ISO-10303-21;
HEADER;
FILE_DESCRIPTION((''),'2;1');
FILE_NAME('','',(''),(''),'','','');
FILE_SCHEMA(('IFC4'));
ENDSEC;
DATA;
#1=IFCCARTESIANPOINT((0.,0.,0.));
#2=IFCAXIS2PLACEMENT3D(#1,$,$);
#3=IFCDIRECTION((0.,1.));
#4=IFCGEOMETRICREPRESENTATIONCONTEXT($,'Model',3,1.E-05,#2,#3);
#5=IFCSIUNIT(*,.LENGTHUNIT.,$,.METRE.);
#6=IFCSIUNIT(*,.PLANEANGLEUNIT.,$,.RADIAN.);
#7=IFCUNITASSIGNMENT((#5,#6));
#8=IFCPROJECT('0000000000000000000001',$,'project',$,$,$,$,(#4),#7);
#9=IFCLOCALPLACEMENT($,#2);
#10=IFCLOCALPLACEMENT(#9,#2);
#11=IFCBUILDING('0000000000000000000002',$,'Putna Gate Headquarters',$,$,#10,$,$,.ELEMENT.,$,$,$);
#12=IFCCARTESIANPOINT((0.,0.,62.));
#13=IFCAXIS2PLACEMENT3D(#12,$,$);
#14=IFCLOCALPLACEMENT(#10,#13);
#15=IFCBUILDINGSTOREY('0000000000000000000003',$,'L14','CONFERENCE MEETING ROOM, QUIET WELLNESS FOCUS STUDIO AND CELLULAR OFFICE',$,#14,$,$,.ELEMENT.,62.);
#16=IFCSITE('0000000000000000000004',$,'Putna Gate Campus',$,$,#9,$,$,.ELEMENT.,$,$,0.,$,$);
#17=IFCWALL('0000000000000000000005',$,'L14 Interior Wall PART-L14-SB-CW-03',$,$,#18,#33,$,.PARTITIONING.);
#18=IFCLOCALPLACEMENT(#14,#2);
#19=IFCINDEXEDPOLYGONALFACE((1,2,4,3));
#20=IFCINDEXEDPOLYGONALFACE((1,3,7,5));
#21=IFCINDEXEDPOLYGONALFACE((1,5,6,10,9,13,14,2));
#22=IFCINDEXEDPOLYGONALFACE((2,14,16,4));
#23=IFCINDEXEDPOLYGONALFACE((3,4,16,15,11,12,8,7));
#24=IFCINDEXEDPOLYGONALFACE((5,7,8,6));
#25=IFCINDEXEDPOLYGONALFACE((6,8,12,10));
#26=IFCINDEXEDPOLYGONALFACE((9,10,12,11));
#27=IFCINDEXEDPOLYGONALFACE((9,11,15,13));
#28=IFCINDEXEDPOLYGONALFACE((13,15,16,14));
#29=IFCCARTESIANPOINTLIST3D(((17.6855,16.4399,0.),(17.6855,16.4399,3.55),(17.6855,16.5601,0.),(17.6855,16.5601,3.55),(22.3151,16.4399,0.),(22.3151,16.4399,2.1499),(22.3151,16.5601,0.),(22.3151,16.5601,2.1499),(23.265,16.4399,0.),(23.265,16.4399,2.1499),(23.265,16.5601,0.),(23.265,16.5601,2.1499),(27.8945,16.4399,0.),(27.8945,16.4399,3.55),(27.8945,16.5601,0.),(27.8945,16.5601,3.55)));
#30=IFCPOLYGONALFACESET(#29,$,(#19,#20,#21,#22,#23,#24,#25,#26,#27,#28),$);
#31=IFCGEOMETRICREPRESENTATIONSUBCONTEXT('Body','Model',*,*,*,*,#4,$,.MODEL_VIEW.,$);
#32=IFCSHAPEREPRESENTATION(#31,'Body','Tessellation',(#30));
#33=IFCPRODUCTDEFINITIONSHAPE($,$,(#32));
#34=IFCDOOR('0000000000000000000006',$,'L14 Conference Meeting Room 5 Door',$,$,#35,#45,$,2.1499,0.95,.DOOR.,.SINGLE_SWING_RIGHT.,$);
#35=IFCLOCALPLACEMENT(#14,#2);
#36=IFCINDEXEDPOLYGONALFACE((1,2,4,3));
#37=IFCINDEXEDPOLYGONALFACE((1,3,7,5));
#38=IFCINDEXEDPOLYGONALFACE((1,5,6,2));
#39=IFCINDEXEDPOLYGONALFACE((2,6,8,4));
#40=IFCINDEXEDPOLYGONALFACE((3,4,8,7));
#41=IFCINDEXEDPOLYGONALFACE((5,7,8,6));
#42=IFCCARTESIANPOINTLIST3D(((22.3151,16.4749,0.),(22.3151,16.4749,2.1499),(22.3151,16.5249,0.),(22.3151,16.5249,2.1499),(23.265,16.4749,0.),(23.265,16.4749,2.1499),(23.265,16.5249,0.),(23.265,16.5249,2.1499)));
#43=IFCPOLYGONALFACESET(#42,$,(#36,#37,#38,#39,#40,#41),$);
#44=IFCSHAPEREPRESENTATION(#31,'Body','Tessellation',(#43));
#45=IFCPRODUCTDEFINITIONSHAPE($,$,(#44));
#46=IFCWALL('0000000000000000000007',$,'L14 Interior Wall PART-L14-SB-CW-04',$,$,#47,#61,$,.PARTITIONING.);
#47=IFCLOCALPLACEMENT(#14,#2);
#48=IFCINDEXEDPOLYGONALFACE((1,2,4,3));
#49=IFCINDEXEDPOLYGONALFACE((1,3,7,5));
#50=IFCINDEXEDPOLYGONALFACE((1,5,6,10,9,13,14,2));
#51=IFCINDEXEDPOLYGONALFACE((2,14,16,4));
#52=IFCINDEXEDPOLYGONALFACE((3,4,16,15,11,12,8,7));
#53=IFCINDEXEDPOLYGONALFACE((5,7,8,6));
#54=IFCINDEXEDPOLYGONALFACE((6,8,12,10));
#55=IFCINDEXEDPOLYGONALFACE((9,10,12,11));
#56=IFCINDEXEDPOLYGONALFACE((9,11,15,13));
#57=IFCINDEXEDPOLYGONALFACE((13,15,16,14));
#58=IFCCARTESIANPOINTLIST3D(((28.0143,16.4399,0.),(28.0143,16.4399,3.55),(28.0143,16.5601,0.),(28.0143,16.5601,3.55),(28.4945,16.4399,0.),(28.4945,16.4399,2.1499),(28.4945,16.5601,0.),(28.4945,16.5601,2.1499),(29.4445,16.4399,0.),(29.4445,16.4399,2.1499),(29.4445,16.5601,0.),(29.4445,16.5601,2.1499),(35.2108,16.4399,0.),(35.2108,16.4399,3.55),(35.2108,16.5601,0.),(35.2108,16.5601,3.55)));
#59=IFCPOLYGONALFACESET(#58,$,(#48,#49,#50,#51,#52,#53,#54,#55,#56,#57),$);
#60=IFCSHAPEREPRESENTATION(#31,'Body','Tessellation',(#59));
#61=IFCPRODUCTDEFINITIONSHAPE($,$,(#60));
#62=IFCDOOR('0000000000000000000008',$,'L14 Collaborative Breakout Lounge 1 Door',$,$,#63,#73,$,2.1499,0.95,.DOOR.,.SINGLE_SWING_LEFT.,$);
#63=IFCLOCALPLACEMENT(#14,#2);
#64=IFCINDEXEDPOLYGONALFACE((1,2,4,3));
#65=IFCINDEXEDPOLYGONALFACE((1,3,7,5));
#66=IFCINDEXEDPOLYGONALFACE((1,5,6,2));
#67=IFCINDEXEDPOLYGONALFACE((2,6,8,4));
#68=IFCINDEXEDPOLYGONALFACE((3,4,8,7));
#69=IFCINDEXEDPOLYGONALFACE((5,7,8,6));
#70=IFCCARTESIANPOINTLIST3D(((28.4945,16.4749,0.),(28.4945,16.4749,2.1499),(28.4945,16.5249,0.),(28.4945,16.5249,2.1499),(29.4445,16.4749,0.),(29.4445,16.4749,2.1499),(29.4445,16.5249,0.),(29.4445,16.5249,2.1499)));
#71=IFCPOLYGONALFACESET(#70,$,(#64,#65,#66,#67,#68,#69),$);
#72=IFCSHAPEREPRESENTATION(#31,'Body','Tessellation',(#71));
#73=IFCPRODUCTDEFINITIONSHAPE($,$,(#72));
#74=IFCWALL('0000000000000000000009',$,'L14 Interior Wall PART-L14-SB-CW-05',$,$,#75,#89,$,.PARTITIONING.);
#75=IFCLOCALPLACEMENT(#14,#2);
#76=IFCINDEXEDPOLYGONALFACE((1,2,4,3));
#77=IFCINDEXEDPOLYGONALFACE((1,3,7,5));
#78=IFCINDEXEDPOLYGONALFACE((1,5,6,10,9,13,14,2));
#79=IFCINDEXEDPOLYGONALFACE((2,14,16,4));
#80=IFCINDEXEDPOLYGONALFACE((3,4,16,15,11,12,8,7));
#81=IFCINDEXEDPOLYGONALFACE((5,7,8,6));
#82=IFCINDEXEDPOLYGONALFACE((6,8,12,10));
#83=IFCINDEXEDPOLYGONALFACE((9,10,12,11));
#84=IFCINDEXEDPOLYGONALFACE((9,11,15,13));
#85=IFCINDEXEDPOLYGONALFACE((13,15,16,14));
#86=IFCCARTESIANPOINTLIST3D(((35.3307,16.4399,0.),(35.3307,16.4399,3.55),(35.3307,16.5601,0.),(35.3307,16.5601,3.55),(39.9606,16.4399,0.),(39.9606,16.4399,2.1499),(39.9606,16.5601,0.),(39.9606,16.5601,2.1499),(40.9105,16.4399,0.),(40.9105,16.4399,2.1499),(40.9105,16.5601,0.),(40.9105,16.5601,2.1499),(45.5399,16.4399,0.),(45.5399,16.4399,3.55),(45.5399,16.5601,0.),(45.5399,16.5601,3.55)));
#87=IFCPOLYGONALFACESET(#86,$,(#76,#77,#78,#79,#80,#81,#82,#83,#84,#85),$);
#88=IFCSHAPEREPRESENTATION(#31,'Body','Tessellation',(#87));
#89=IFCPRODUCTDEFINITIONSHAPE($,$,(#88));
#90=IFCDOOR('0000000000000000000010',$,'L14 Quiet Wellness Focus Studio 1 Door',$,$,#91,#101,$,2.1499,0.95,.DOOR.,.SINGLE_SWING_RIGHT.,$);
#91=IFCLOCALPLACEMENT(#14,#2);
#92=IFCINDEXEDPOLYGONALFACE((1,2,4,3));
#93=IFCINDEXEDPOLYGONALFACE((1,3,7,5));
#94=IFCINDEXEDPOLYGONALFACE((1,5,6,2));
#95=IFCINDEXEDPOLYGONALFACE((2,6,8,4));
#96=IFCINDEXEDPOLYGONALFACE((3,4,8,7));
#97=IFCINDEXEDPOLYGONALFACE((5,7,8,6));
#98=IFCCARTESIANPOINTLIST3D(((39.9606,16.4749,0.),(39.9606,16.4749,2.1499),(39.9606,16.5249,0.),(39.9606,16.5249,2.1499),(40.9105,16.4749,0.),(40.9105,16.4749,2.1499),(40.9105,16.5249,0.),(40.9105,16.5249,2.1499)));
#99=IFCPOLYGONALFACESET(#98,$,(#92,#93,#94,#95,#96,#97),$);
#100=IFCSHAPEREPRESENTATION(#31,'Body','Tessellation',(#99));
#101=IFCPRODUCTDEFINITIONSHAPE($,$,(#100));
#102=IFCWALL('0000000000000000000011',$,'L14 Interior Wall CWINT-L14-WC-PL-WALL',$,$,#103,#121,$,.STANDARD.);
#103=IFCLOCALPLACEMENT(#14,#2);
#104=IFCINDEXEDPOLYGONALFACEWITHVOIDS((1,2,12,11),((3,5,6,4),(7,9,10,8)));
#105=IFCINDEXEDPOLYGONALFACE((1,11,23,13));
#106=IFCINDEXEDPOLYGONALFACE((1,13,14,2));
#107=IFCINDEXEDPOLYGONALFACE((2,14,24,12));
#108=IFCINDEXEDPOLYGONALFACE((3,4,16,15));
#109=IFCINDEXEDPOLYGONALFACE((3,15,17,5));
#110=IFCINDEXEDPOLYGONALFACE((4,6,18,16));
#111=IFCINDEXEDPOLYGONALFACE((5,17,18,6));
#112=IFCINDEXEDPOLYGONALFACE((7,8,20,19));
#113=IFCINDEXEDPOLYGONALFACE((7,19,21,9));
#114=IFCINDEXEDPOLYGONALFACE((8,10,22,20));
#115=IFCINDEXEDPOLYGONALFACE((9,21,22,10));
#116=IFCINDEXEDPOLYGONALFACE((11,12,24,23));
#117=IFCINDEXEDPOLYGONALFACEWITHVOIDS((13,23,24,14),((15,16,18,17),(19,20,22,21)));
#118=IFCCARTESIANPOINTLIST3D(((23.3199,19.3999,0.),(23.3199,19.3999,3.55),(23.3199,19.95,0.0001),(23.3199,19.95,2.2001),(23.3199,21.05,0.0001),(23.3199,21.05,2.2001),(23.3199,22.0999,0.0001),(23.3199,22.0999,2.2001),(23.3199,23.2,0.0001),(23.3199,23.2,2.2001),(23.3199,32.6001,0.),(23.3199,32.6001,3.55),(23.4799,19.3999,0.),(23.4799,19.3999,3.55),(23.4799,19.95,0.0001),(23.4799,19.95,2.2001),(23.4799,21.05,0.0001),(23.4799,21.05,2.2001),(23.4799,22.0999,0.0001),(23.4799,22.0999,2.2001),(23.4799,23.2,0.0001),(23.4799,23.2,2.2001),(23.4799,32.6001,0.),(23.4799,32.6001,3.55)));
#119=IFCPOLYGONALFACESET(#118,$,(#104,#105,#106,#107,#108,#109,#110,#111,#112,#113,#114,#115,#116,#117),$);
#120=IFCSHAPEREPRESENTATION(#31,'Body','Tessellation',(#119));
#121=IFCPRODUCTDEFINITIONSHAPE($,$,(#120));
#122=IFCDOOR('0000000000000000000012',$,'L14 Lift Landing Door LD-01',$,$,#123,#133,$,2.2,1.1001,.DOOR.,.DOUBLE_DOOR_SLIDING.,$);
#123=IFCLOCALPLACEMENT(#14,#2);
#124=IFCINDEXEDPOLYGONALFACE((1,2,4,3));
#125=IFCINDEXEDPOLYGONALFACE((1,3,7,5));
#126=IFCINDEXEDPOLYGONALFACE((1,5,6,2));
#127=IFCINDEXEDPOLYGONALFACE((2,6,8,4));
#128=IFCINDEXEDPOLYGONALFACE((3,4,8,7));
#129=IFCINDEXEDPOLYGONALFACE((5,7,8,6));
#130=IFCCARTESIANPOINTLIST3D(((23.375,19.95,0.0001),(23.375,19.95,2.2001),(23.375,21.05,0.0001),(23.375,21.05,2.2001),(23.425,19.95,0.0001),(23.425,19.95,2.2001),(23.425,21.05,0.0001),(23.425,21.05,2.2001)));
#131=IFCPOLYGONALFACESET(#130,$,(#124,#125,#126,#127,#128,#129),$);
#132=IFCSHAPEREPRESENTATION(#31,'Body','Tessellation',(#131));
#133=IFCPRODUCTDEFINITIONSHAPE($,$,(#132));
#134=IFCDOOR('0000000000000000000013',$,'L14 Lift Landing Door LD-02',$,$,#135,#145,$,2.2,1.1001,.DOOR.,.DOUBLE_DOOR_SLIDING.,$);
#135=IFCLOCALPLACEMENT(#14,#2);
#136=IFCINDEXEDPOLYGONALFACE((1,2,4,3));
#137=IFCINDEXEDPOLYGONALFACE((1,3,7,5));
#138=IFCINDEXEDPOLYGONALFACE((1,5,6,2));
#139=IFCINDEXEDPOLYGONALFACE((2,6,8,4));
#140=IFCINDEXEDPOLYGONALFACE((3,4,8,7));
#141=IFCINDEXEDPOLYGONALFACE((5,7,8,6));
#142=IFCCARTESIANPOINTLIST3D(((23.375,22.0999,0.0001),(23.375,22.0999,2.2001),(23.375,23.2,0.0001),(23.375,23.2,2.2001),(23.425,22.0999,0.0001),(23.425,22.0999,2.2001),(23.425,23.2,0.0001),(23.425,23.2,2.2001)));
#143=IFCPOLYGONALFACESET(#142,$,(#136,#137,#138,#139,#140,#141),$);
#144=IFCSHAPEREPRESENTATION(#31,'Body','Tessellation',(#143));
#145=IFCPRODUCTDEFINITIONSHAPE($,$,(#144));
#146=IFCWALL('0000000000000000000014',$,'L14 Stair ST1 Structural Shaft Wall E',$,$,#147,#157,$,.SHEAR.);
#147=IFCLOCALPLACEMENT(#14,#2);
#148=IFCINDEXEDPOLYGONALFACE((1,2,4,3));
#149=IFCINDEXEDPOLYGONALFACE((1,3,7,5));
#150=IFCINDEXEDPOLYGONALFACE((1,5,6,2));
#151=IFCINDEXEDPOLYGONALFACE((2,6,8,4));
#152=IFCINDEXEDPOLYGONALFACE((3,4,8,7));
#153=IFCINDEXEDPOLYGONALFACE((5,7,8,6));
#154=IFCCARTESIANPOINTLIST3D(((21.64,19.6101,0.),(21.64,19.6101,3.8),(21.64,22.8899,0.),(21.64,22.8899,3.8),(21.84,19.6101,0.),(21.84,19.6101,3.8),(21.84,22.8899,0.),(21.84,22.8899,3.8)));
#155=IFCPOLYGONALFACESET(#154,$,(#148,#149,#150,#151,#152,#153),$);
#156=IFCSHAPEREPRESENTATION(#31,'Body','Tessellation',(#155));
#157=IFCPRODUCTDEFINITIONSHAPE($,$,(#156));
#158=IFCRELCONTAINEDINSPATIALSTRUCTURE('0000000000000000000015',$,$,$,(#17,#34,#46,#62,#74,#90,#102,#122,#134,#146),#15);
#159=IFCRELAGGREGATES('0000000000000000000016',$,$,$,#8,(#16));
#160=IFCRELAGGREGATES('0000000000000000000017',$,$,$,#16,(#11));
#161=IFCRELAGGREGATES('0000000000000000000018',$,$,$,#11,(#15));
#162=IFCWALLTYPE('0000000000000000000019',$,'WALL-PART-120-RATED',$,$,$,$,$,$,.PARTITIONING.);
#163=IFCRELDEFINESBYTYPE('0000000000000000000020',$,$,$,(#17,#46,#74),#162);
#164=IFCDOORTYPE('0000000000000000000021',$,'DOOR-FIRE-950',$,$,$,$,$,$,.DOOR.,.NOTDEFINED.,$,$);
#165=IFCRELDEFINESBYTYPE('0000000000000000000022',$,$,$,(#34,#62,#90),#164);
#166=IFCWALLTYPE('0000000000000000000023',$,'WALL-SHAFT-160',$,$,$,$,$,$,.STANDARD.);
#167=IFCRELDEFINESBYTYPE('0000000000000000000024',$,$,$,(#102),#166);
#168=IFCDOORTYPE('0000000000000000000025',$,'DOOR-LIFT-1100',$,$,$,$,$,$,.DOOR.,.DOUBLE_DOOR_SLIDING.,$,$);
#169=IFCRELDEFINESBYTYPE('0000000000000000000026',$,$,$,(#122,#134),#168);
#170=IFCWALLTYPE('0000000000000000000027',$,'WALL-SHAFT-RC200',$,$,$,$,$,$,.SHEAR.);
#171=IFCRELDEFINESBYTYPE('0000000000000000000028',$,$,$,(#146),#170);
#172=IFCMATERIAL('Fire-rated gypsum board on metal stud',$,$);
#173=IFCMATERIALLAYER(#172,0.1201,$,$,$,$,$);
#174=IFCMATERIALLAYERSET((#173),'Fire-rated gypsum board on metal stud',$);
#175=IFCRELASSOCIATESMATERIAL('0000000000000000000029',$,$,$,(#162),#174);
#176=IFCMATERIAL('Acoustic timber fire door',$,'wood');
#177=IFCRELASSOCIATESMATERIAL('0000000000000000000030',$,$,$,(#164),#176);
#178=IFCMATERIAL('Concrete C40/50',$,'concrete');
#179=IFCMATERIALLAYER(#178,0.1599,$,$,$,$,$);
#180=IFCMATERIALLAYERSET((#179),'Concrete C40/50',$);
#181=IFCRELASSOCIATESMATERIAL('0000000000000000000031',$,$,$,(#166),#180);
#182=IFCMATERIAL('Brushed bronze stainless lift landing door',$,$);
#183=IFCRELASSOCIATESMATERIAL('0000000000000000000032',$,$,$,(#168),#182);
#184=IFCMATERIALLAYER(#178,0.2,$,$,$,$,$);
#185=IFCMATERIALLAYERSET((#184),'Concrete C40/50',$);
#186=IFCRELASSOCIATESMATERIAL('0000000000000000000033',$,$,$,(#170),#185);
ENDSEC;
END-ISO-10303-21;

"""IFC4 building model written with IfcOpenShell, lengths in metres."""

from ifc_helpers import new_model, si_unit, direction, frame, frame_2d, origin, place, context, subcontext, project, spatial, rectangle, extrude, material, layer, layer_set, type_object, element, fill, save


model = new_model("IFC4")

# Units and contexts
model_context = context("Model", 3, precision=1e-05, world=origin(), true_north=direction((0.0, 1.0)))
body_context = subcontext(model_context, "Body", "Model", "MODEL_VIEW")
ifc_project = project(units=[si_unit("LENGTHUNIT", "METRE"), si_unit("PLANEANGLEUNIT", "RADIAN")], contexts=[model_context])

# Site, building, storey
site_placement = place(None, origin())
site = spatial("IfcSite", under=ifc_project, at=site_placement, Name="Putna Gate Campus", CompositionType="ELEMENT", RefElevation=0.0)
building_placement = place(site_placement, origin())
building = spatial("IfcBuilding", under=site, at=building_placement, Name="Putna Gate Headquarters", CompositionType="ELEMENT")
storey_placement = place(building_placement, frame((0.0, 0.0, 62.0)))
storey = spatial("IfcBuildingStorey", under=building, at=storey_placement, Name="L14", Description="CONFERENCE MEETING ROOM, QUIET WELLNESS FOCUS STUDIO AND CELLULAR OFFICE", CompositionType="ELEMENT", Elevation=62.0)

# Walls, openings, doors
ifc_material_1 = material(Name="Fire-rated gypsum board on metal stud")
ifc_layer_1 = layer(ifc_material_1, 0.1201)
ifc_layer_set_1 = layer_set([ifc_layer_1], Name="Fire-rated gypsum board on metal stud")
wall_type_1 = type_object("IfcWallType", Name="WALL-PART-120-RATED", PredefinedType="PARTITIONING", material=ifc_layer_set_1)
wall_1_placement = place(storey_placement, frame((17.6855, 16.5, 0.0), z_axis=(0.0, 0.0, 1.0), x_axis=(1.0, 0.0, 0.0)))
wall_1 = element("IfcWall", 1, at=wall_1_placement, inside=storey, type_object=wall_type_1, Name="L14 Interior Wall PART-L14-SB-CW-03", PredefinedType="PARTITIONING", context=body_context, shape_type="SweptSolid", body=[
    extrude(rectangle(XDim=10.209, YDim=0.1201, at=frame_2d((5.1045, 0.0))), origin(), (0.0, 0.0, 1.0), 3.55),
])
opening_1_placement = place(wall_1_placement, frame((4.6294, 0.0, 0.0)))
opening_1 = element("IfcOpeningElement", 2, at=opening_1_placement, cuts=wall_1, PredefinedType="OPENING", context=body_context, shape_type="SweptSolid", body=[
    extrude(rectangle(XDim=0.95, YDim=2.1499, at=frame_2d((0.4751, 1.075))), frame((0.0, 0.0701, 0.0), z_axis=(0.0, -1.0, 0.0), x_axis=(1.0, 0.0, 0.0)), (0.0, 0.0, 1.0), 0.1401),
])
ifc_material_2 = material(Name="Acoustic timber fire door", Category="wood")
door_type_1 = type_object("IfcDoorType", Name="DOOR-FIRE-950", OperationType="NOTDEFINED", PredefinedType="DOOR", material=ifc_material_2)
door_1_placement = place(opening_1_placement, origin())
door_1 = element("IfcDoor", 3, at=door_1_placement, inside=storey, type_object=door_type_1, Name="L14 Conference Meeting Room 5 Door", OperationType="SINGLE_SWING_RIGHT", OverallHeight=2.1499, OverallWidth=0.95, PredefinedType="DOOR", context=body_context, shape_type="SweptSolid", body=[
    extrude(rectangle(XDim=0.95, YDim=2.1499, at=frame_2d((0.4751, 1.075))), frame((0.0, 0.0249, 0.0), z_axis=(0.0, -1.0, 0.0), x_axis=(1.0, 0.0, 0.0)), (0.0, 0.0, 1.0), 0.05),
])
fill(opening_1, door_1)
wall_2_placement = place(storey_placement, frame((28.0144, 16.5, 0.0), z_axis=(0.0, 0.0, 1.0), x_axis=(1.0, 0.0, 0.0)))
wall_2 = element("IfcWall", 4, at=wall_2_placement, inside=storey, type_object=wall_type_1, Name="L14 Interior Wall PART-L14-SB-CW-04", PredefinedType="PARTITIONING", context=body_context, shape_type="SweptSolid", body=[
    extrude(rectangle(XDim=7.1965, YDim=0.1201, at=frame_2d((3.5981, 0.0))), origin(), (0.0, 0.0, 1.0), 3.55),
])
opening_2_placement = place(wall_2_placement, frame((0.48, 0.0, 0.0)))
opening_2 = element("IfcOpeningElement", 5, at=opening_2_placement, cuts=wall_2, PredefinedType="OPENING", context=body_context, shape_type="SweptSolid", body=[
    extrude(rectangle(XDim=0.95, YDim=2.1499, at=frame_2d((0.4751, 1.075))), frame((0.0, 0.0701, 0.0), z_axis=(0.0, -1.0, 0.0), x_axis=(1.0, 0.0, 0.0)), (0.0, 0.0, 1.0), 0.1401),
])
door_2_placement = place(opening_2_placement, origin())
door_2 = element("IfcDoor", 6, at=door_2_placement, inside=storey, type_object=door_type_1, Name="L14 Collaborative Breakout Lounge 1 Door", OperationType="SINGLE_SWING_LEFT", OverallHeight=2.1499, OverallWidth=0.95, PredefinedType="DOOR", context=body_context, shape_type="SweptSolid", body=[
    extrude(rectangle(XDim=0.95, YDim=2.1499, at=frame_2d((0.4751, 1.075))), frame((0.0, 0.0249, 0.0), z_axis=(0.0, -1.0, 0.0), x_axis=(1.0, 0.0, 0.0)), (0.0, 0.0, 1.0), 0.05),
])
fill(opening_2, door_2)
wall_3_placement = place(storey_placement, frame((35.3308, 16.5, 0.0), z_axis=(0.0, 0.0, 1.0), x_axis=(1.0, 0.0, 0.0)))
wall_3 = element("IfcWall", 7, at=wall_3_placement, inside=storey, type_object=wall_type_1, Name="L14 Interior Wall PART-L14-SB-CW-05", PredefinedType="PARTITIONING", context=body_context, shape_type="SweptSolid", body=[
    extrude(rectangle(XDim=10.2092, YDim=0.1201, at=frame_2d((5.1045, 0.0))), origin(), (0.0, 0.0, 1.0), 3.55),
])
opening_3_placement = place(wall_3_placement, frame((4.6296, 0.0, 0.0)))
opening_3 = element("IfcOpeningElement", 8, at=opening_3_placement, cuts=wall_3, PredefinedType="OPENING", context=body_context, shape_type="SweptSolid", body=[
    extrude(rectangle(XDim=0.95, YDim=2.1499, at=frame_2d((0.4751, 1.075))), frame((0.0, 0.0701, 0.0), z_axis=(0.0, -1.0, 0.0), x_axis=(1.0, 0.0, 0.0)), (0.0, 0.0, 1.0), 0.1401),
])
door_3_placement = place(opening_3_placement, origin())
door_3 = element("IfcDoor", 9, at=door_3_placement, inside=storey, type_object=door_type_1, Name="L14 Quiet Wellness Focus Studio 1 Door", OperationType="SINGLE_SWING_RIGHT", OverallHeight=2.1499, OverallWidth=0.95, PredefinedType="DOOR", context=body_context, shape_type="SweptSolid", body=[
    extrude(rectangle(XDim=0.95, YDim=2.1499, at=frame_2d((0.4751, 1.075))), frame((0.0, 0.0249, 0.0), z_axis=(0.0, -1.0, 0.0), x_axis=(1.0, 0.0, 0.0)), (0.0, 0.0, 1.0), 0.05),
])
fill(opening_3, door_3)

# Wall, openings, doors
ifc_material_3 = material(Name="Concrete C40/50", Category="concrete")
ifc_layer_2 = layer(ifc_material_3, 0.1599)
ifc_layer_set_2 = layer_set([ifc_layer_2], Name="Concrete C40/50")
wall_type_2 = type_object("IfcWallType", Name="WALL-SHAFT-160", PredefinedType="STANDARD", material=ifc_layer_set_2)
wall_4_placement = place(storey_placement, frame((23.3999, 19.3999, 0.0), z_axis=(0.0, 0.0, 1.0), x_axis=(0.0, 1.0, 0.0)))
wall_4 = element("IfcWall", 10, at=wall_4_placement, inside=storey, type_object=wall_type_2, Name="L14 Interior Wall CWINT-L14-WC-PL-WALL", PredefinedType="STANDARD", context=body_context, shape_type="SweptSolid", body=[
    extrude(rectangle(XDim=13.2002, YDim=0.1599, at=frame_2d((6.6001, 0.0))), origin(), (0.0, 0.0, 1.0), 3.55),
])
opening_4_placement = place(wall_4_placement, frame((0.55, 0.0, 0.0)))
opening_4 = element("IfcOpeningElement", 11, at=opening_4_placement, cuts=wall_4, PredefinedType="OPENING", context=body_context, shape_type="SweptSolid", body=[
    extrude(rectangle(XDim=1.1001, YDim=2.2, at=frame_2d((0.55, 1.1001))), frame((0.0, 0.0898, 0.0), z_axis=(0.0, -1.0, 0.0), x_axis=(1.0, 0.0, 0.0)), (0.0, 0.0, 1.0), 0.1799),
])
opening_5_placement = place(wall_4_placement, frame((2.7, 0.0, 0.0)))
opening_5 = element("IfcOpeningElement", 12, at=opening_5_placement, cuts=wall_4, PredefinedType="OPENING", context=body_context, shape_type="SweptSolid", body=[
    extrude(rectangle(XDim=1.1001, YDim=2.2, at=frame_2d((0.55, 1.1001))), frame((0.0, 0.0898, 0.0), z_axis=(0.0, -1.0, 0.0), x_axis=(1.0, 0.0, 0.0)), (0.0, 0.0, 1.0), 0.1799),
])
ifc_material_4 = material(Name="Brushed bronze stainless lift landing door")
door_type_2 = type_object("IfcDoorType", Name="DOOR-LIFT-1100", OperationType="DOUBLE_DOOR_SLIDING", PredefinedType="DOOR", material=ifc_material_4)
door_4_placement = place(opening_4_placement, origin())
door_4 = element("IfcDoor", 13, at=door_4_placement, inside=storey, type_object=door_type_2, Name="L14 Lift Landing Door LD-01", OperationType="DOUBLE_DOOR_SLIDING", OverallHeight=2.2, OverallWidth=1.1001, PredefinedType="DOOR", context=body_context, shape_type="SweptSolid", body=[
    extrude(rectangle(XDim=1.1001, YDim=2.2, at=frame_2d((0.55, 1.1001))), frame((0.0, 0.0249, 0.0), z_axis=(0.0, -1.0, 0.0), x_axis=(1.0, 0.0, 0.0)), (0.0, 0.0, 1.0), 0.05),
])
fill(opening_4, door_4)
door_5_placement = place(opening_5_placement, origin())
door_5 = element("IfcDoor", 14, at=door_5_placement, inside=storey, type_object=door_type_2, Name="L14 Lift Landing Door LD-02", OperationType="DOUBLE_DOOR_SLIDING", OverallHeight=2.2, OverallWidth=1.1001, PredefinedType="DOOR", context=body_context, shape_type="SweptSolid", body=[
    extrude(rectangle(XDim=1.1001, YDim=2.2, at=frame_2d((0.55, 1.1001))), frame((0.0, 0.0249, 0.0), z_axis=(0.0, -1.0, 0.0), x_axis=(1.0, 0.0, 0.0)), (0.0, 0.0, 1.0), 0.05),
])
fill(opening_5, door_5)

# Wall
ifc_layer_3 = layer(ifc_material_3, 0.2)
ifc_layer_set_3 = layer_set([ifc_layer_3], Name="Concrete C40/50")
wall_type_3 = type_object("IfcWallType", Name="WALL-SHAFT-RC200", PredefinedType="SHEAR", material=ifc_layer_set_3)
wall_5_placement = place(storey_placement, frame((21.74, 19.6101, 0.0), z_axis=(0.0, 0.0, 1.0), x_axis=(0.0, 1.0, 0.0)))
element("IfcWall", 15, at=wall_5_placement, inside=storey, type_object=wall_type_3, Name="L14 Stair ST1 Structural Shaft Wall E", PredefinedType="SHEAR", context=body_context, shape_type="SweptSolid", body=[
    extrude(rectangle(XDim=3.2798, YDim=0.2, at=frame_2d((1.6399, 0.0))), origin(), (0.0, 0.0, 1.0), 3.8),
])

save(model, "model.ifc")
